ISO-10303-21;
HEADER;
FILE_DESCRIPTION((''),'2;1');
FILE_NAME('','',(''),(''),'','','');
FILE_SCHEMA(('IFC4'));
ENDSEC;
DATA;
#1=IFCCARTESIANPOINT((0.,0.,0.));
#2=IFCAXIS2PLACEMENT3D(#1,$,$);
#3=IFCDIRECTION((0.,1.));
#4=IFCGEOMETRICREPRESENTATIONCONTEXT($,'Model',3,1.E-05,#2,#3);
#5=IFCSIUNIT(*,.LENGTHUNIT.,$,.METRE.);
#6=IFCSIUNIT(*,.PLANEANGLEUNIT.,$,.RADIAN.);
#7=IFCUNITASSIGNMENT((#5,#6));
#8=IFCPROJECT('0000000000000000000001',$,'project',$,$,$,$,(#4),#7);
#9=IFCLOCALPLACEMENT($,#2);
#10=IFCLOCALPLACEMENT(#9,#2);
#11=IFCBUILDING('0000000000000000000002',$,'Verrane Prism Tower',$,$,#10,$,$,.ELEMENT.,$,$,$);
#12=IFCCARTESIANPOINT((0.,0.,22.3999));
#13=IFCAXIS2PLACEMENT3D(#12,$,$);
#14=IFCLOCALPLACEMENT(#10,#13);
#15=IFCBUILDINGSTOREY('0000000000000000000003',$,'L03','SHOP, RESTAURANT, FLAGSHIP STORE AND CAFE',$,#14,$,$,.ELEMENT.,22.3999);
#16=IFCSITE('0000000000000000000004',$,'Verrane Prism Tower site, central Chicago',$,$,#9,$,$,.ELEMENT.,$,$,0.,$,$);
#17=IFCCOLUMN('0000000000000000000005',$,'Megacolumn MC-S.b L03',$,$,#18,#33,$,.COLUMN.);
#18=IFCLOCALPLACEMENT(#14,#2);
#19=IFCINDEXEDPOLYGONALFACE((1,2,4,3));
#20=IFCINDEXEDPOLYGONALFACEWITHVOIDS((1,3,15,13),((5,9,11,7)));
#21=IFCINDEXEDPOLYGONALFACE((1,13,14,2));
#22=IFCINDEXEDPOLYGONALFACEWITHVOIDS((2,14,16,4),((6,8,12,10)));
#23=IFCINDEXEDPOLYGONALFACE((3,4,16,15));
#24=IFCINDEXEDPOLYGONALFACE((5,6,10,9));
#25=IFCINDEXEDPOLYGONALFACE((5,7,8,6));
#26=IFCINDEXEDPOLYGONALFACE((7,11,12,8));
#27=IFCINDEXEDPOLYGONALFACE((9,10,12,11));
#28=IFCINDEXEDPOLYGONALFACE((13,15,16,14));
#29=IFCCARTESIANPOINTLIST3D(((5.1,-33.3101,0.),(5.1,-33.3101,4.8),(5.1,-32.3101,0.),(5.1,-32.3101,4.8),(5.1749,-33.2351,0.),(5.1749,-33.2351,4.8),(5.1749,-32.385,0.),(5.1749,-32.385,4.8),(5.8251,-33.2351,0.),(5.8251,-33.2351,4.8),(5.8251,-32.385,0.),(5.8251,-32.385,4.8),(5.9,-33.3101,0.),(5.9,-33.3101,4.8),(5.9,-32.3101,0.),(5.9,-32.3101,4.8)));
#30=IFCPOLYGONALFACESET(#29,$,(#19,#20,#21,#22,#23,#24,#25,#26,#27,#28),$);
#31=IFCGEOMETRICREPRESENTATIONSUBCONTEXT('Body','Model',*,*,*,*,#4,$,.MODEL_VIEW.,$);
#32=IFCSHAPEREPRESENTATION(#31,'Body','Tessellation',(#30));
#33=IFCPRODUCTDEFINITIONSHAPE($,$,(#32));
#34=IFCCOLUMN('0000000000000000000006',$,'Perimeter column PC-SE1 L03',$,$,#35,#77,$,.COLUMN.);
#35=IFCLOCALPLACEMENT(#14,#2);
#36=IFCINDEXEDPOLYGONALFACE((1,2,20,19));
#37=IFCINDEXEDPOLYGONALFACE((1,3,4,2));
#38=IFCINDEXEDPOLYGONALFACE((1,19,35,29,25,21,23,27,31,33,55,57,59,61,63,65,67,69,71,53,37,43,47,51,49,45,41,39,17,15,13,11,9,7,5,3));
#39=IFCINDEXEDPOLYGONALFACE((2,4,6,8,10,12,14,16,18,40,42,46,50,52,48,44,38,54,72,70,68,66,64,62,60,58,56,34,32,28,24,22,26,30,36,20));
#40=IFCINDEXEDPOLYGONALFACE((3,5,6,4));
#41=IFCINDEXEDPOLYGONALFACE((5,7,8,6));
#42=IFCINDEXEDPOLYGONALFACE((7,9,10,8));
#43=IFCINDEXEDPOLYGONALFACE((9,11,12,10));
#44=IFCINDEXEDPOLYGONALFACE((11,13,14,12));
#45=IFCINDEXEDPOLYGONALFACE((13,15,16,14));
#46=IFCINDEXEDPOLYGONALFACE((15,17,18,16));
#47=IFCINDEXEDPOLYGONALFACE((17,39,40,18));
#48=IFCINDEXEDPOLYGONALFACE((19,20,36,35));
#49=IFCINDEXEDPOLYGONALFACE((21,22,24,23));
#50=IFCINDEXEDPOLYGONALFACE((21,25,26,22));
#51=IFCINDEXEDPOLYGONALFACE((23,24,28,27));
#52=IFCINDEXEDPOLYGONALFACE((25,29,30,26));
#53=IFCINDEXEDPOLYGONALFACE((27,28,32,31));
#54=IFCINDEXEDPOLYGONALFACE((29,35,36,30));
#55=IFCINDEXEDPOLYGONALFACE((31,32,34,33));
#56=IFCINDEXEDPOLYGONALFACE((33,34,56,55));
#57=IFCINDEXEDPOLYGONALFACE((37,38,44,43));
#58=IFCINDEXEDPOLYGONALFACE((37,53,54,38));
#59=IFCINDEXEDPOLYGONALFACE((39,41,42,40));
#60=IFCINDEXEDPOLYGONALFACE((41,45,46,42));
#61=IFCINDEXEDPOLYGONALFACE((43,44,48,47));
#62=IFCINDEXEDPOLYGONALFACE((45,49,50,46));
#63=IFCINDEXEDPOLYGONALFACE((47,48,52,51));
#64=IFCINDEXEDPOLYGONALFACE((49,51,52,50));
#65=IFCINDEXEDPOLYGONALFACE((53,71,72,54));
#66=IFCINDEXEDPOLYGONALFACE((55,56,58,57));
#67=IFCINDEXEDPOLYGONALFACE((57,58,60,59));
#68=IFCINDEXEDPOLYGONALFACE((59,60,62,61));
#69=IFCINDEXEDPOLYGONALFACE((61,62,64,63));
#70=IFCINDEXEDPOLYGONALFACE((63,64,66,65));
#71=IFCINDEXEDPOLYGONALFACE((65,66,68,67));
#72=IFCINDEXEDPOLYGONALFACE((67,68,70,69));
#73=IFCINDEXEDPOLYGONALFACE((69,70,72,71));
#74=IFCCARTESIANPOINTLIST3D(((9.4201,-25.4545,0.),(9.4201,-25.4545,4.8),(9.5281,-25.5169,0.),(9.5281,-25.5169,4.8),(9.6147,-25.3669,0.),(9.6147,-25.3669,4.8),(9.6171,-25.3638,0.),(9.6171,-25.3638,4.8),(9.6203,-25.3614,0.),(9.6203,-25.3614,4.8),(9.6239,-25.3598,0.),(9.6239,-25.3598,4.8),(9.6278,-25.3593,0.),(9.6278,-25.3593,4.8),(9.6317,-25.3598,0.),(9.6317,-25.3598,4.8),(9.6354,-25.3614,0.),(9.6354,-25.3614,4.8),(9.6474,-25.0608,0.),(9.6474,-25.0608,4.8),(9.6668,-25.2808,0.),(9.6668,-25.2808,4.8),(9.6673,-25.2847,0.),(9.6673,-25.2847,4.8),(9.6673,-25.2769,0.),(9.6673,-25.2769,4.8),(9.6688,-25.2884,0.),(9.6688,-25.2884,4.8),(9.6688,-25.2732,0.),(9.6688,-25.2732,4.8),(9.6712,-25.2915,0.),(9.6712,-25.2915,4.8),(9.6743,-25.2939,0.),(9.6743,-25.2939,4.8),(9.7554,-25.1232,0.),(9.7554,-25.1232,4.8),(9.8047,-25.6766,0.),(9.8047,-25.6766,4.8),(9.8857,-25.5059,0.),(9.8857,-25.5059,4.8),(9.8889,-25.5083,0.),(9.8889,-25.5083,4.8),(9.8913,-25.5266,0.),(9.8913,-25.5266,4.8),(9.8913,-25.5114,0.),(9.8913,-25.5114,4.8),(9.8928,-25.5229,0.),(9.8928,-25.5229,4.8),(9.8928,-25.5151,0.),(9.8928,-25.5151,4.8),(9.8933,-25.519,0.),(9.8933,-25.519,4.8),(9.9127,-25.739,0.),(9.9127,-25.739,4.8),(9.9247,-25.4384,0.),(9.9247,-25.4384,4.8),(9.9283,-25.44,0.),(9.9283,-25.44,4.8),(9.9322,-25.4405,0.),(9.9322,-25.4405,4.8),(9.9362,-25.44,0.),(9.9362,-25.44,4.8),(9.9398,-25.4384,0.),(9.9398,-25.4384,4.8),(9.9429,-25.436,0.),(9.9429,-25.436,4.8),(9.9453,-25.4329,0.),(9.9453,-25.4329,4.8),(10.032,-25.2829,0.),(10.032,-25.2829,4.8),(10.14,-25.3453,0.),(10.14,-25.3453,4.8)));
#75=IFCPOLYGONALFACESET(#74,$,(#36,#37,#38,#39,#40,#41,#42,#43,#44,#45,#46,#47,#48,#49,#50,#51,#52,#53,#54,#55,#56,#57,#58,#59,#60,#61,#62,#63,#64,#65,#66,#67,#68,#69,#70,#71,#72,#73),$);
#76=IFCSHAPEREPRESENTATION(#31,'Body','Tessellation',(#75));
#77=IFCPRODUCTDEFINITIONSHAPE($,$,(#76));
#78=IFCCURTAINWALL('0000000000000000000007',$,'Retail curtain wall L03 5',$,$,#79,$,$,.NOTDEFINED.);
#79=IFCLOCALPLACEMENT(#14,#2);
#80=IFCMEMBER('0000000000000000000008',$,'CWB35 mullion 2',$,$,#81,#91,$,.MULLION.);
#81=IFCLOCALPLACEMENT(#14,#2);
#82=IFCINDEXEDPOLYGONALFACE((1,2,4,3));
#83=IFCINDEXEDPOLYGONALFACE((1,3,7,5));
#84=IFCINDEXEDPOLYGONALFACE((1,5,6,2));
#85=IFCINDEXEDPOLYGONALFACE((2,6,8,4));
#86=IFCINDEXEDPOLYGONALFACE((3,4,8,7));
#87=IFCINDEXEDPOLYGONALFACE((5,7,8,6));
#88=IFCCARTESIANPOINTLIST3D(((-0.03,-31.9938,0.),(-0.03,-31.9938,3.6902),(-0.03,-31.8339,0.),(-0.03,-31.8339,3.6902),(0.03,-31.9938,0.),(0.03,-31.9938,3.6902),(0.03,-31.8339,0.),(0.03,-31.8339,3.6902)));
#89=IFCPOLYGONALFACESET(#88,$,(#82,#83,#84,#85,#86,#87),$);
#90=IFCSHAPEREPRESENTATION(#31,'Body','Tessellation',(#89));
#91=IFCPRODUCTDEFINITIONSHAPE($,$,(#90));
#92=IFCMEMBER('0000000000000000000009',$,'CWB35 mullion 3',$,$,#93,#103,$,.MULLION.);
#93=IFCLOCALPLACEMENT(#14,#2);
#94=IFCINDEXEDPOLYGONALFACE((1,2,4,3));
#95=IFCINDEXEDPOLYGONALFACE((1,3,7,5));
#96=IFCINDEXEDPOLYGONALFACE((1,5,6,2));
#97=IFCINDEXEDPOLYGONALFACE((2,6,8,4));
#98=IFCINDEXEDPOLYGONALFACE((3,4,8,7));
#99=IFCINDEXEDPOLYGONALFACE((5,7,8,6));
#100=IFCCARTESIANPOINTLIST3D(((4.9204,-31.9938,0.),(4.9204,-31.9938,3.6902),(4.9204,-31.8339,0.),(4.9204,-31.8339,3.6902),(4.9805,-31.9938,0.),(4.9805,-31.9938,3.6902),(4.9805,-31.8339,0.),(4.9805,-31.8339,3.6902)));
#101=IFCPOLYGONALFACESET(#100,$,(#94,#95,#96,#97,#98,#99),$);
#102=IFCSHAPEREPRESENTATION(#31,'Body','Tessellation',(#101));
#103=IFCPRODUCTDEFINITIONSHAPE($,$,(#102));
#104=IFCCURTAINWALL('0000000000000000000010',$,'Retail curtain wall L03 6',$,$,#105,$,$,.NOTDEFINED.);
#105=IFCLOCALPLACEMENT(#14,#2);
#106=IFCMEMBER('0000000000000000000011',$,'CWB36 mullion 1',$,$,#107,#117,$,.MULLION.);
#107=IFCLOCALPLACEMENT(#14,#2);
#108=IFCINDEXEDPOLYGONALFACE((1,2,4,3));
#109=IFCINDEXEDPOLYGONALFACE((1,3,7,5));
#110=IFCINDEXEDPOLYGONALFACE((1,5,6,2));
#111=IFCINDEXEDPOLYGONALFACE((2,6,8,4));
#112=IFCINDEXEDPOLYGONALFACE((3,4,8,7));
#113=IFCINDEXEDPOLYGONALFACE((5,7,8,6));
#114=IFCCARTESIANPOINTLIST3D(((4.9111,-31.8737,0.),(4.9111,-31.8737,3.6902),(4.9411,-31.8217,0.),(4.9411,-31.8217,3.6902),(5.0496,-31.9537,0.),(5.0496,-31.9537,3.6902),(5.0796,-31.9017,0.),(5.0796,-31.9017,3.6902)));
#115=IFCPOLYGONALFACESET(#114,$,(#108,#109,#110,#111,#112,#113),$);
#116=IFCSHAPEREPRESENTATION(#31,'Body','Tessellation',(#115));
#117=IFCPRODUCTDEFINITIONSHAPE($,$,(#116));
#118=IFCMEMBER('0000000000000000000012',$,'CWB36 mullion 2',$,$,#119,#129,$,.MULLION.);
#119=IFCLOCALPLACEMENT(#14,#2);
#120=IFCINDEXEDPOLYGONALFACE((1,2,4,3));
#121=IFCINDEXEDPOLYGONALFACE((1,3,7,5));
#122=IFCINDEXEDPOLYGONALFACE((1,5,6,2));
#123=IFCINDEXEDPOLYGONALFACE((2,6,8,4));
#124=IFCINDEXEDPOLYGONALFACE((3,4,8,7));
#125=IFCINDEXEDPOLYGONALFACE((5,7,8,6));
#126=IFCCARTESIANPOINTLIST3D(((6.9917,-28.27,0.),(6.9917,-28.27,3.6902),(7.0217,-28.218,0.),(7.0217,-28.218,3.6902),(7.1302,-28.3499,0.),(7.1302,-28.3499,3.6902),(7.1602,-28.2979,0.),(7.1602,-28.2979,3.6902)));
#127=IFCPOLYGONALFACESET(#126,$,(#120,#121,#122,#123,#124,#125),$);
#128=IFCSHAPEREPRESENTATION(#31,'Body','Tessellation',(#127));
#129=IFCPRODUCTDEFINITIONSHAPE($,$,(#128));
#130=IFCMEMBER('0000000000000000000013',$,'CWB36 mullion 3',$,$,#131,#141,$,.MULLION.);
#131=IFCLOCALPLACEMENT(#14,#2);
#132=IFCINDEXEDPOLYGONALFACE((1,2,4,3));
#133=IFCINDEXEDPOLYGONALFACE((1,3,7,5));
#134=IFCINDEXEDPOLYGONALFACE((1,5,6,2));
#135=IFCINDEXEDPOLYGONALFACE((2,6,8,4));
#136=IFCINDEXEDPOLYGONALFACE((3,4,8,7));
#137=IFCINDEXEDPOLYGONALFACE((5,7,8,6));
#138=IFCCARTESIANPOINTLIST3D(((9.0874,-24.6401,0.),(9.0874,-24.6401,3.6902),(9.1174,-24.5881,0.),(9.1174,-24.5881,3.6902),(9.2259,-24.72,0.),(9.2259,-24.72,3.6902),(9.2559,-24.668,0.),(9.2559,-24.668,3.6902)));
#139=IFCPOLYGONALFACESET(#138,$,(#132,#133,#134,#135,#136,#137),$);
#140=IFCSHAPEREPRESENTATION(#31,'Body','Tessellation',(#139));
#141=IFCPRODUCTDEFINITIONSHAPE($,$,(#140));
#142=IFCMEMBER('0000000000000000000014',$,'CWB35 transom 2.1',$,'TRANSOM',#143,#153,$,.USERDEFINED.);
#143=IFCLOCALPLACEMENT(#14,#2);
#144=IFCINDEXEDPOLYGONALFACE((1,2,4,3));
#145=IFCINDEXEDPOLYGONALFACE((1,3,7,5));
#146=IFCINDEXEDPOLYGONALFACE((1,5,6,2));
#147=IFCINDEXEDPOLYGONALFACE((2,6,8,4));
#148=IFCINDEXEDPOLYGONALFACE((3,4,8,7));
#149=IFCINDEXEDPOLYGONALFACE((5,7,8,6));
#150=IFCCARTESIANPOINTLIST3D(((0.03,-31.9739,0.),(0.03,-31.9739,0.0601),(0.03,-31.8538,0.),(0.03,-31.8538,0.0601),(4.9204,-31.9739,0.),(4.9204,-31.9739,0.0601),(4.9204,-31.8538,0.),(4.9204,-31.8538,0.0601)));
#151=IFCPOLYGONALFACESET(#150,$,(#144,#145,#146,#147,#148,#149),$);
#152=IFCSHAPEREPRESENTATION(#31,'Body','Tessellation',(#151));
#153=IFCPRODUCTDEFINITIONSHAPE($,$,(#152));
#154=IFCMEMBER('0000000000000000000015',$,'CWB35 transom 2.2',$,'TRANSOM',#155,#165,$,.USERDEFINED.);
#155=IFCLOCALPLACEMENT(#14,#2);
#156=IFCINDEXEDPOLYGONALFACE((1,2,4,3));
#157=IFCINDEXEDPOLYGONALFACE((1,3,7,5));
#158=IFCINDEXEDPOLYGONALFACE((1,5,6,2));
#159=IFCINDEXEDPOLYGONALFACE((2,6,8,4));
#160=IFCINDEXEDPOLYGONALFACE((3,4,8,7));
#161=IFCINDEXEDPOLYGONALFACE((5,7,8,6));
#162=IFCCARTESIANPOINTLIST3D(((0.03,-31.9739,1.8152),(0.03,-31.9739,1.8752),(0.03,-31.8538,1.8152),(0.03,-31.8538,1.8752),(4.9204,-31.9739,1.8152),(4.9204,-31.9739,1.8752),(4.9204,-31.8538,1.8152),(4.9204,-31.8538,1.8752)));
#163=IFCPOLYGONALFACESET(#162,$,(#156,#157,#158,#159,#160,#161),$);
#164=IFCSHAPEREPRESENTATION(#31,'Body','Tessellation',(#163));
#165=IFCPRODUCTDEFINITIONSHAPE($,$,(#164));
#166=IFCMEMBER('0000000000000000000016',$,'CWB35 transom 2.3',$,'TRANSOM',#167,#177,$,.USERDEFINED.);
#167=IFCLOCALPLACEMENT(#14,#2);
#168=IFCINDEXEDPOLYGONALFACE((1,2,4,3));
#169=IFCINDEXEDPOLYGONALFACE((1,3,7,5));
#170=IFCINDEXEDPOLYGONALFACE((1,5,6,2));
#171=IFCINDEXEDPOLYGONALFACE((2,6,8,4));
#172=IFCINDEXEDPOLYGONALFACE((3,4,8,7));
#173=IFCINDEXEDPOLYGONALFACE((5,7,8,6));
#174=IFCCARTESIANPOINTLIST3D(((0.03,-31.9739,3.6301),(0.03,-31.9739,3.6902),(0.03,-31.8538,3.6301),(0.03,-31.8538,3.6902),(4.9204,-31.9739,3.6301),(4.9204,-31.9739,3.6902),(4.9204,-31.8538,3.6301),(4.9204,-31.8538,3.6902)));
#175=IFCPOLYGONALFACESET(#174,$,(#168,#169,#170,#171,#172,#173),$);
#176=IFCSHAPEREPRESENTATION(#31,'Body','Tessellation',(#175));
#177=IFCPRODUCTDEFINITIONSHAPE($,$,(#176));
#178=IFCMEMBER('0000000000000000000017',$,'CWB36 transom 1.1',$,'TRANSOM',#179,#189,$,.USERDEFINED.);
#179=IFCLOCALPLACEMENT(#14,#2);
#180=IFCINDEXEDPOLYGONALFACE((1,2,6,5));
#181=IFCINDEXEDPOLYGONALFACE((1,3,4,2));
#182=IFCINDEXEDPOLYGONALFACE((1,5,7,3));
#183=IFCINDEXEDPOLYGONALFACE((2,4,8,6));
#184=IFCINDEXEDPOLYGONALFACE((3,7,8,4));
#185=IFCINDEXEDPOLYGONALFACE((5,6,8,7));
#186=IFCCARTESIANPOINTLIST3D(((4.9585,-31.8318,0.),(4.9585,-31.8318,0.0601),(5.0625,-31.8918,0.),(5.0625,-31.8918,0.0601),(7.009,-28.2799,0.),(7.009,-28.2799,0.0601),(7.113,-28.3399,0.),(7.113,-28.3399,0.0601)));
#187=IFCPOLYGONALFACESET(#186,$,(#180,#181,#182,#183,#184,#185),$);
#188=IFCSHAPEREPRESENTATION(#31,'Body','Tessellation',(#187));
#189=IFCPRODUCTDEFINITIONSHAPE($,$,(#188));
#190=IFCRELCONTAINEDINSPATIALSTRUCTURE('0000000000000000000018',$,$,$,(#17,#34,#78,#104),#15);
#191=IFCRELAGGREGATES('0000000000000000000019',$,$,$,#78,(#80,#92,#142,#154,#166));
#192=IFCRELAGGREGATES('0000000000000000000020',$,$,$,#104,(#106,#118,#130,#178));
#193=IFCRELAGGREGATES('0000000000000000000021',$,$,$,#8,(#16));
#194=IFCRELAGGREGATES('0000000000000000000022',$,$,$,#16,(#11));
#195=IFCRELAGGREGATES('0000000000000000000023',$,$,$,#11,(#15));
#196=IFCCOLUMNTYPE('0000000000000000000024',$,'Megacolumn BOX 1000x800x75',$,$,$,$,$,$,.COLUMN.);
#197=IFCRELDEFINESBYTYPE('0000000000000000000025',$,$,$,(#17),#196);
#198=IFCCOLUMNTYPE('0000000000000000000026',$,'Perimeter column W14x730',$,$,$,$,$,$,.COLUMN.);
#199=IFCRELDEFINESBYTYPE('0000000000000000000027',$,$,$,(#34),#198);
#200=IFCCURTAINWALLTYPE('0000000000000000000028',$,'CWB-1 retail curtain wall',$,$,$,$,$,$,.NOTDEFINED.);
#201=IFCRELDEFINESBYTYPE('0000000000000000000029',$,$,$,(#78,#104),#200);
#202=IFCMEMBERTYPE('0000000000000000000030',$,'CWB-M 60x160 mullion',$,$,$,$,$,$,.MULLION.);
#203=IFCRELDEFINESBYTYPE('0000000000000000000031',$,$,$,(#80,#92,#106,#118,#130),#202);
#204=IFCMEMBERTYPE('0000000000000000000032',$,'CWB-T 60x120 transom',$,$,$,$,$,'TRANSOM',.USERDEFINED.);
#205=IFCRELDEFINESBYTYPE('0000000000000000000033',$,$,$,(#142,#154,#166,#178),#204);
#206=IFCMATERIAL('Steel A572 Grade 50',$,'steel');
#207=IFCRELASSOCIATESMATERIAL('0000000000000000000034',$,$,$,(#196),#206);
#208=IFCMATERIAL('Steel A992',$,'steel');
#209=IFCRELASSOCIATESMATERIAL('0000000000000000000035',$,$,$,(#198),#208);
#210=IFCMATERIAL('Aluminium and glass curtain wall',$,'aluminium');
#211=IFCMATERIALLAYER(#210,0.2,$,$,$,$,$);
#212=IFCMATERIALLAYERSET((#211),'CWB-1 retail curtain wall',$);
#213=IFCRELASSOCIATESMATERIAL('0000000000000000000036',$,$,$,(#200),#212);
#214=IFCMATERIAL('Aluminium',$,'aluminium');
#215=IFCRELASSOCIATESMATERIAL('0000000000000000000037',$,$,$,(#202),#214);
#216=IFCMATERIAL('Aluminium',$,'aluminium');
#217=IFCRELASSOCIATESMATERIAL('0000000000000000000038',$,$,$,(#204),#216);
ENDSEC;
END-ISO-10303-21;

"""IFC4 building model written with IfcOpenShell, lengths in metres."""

from ifc_helpers import new_model, si_unit, direction, frame, origin, origin_2d, place, context, subcontext, project, spatial, rectangle, hollow_rectangle, i_section, extrude, material, layer, layer_set, material_profile, profile_set, type_object, element, aggregate, save


model = new_model("IFC4")

# Units and contexts
model_context = context("Model", 3, precision=1e-05, world=origin(), true_north=direction((0.0, 1.0)))
body_context = subcontext(model_context, "Body", "Model", "MODEL_VIEW")
ifc_project = project(units=[si_unit("LENGTHUNIT", "METRE"), si_unit("PLANEANGLEUNIT", "RADIAN")], contexts=[model_context])

# Site, building, storey
site_placement = place(None, origin())
site = spatial("IfcSite", under=ifc_project, at=site_placement, Name="Verrane Prism Tower site, central Chicago", CompositionType="ELEMENT", RefElevation=0.0)
building_placement = place(site_placement, origin())
building = spatial("IfcBuilding", under=site, at=building_placement, Name="Verrane Prism Tower", CompositionType="ELEMENT")
storey_placement = place(building_placement, frame((0.0, 0.0, 22.3999)))
storey = spatial("IfcBuildingStorey", under=building, at=storey_placement, Name="L03", Description="SHOP, RESTAURANT, FLAGSHIP STORE AND CAFE", CompositionType="ELEMENT", Elevation=22.3999)

# Columns
ifc_material_1 = material(Name="Steel A572 Grade 50", Category="steel")
ifc_material_profile_1 = material_profile(ifc_material_1, hollow_rectangle(XDim=0.8, YDim=1.0, WallThickness=0.075, at=origin_2d()), Name="BOX 1000x800x75")
ifc_profile_set_1 = profile_set([ifc_material_profile_1], Name="Steel A572 Grade 50")
column_type_1 = type_object("IfcColumnType", Name="Megacolumn BOX 1000x800x75", PredefinedType="COLUMN", material=ifc_profile_set_1)
column_1_placement = place(storey_placement, frame((5.5, -32.8101, 0.0), z_axis=(0.0, 0.0, 1.0), x_axis=(-1.0, 0.0, 0.0)))
element("IfcColumn", 1, at=column_1_placement, inside=storey, type_object=column_type_1, Name="Megacolumn MC-S.b L03", PredefinedType="COLUMN", context=body_context, shape_type="SweptSolid", body=[
    extrude(hollow_rectangle(XDim=0.8, YDim=1.0, WallThickness=0.075, at=origin_2d()), origin(), (0.0, 0.0, 1.0), 4.8),
])
ifc_material_2 = material(Name="Steel A992", Category="steel")
ifc_material_profile_2 = material_profile(ifc_material_2, i_section(OverallWidth=0.4546, OverallDepth=0.5688, WebThickness=0.0779, FlangeThickness=0.1248, FilletRadius=0.0151, at=origin_2d()), Name="W14x730")
ifc_profile_set_2 = profile_set([ifc_material_profile_2], Name="Steel A992")
column_type_2 = type_object("IfcColumnType", Name="Perimeter column W14x730", PredefinedType="COLUMN", material=ifc_profile_set_2)
column_2_placement = place(storey_placement, frame((9.78, -25.3999, 0.0), z_axis=(0.0, 0.0, 1.0), x_axis=(-0.5, -0.866025, 0.0)))
element("IfcColumn", 2, at=column_2_placement, inside=storey, type_object=column_type_2, Name="Perimeter column PC-SE1 L03", PredefinedType="COLUMN", context=body_context, shape_type="SweptSolid", body=[
    extrude(i_section(OverallWidth=0.4546, OverallDepth=0.5688, WebThickness=0.0779, FlangeThickness=0.1248, FilletRadius=0.0151, at=origin_2d()), origin(), (0.0, 0.0, 1.0), 4.8),
])

# Curtain walls, members
ifc_material_3 = material(Name="Aluminium and glass curtain wall", Category="aluminium")
ifc_layer_1 = layer(ifc_material_3, 0.2)
ifc_layer_set_1 = layer_set([ifc_layer_1], Name="CWB-1 retail curtain wall")
curtain_wall_type = type_object("IfcCurtainWallType", Name="CWB-1 retail curtain wall", PredefinedType="NOTDEFINED", material=ifc_layer_set_1)
curtain_wall_1_placement = place(storey_placement, origin())
curtain_wall_1 = element("IfcCurtainWall", 3, at=curtain_wall_1_placement, inside=storey, type_object=curtain_wall_type, Name="Retail curtain wall L03 5", PredefinedType="NOTDEFINED")
ifc_material_4 = material(Name="Aluminium", Category="aluminium")
ifc_material_profile_3 = material_profile(ifc_material_4, rectangle(XDim=0.1599, YDim=0.0601, at=origin_2d()), Name="CWB-M 60x160 mullion")
ifc_profile_set_3 = profile_set([ifc_material_profile_3], Name="Aluminium")
member_type_1 = type_object("IfcMemberType", Name="CWB-M 60x160 mullion", PredefinedType="MULLION", material=ifc_profile_set_3)
member_1_placement = place(storey_placement, frame((0.0, -31.9138, 0.0), z_axis=(0.0, 0.0, 1.0), x_axis=(0.0, 1.0, 0.0)))
member_1 = element("IfcMember", 4, at=member_1_placement, type_object=member_type_1, Name="CWB35 mullion 2", PredefinedType="MULLION", context=body_context, shape_type="SweptSolid", body=[
    extrude(rectangle(XDim=0.1599, YDim=0.0601, at=origin_2d()), origin(), (0.0, 0.0, 1.0), 3.6902),
])
member_2_placement = place(storey_placement, frame((4.9504, -31.9138, 0.0), z_axis=(0.0, 0.0, 1.0), x_axis=(0.0, 1.0, 0.0)))
member_2 = element("IfcMember", 5, at=member_2_placement, type_object=member_type_1, Name="CWB35 mullion 3", PredefinedType="MULLION", context=body_context, shape_type="SweptSolid", body=[
    extrude(rectangle(XDim=0.1599, YDim=0.0601, at=origin_2d()), origin(), (0.0, 0.0, 1.0), 3.6902),
])
curtain_wall_2_placement = place(storey_placement, origin())
curtain_wall_2 = element("IfcCurtainWall", 6, at=curtain_wall_2_placement, inside=storey, type_object=curtain_wall_type, Name="Retail curtain wall L03 6", PredefinedType="NOTDEFINED")
member_3_placement = place(storey_placement, frame((4.9954, -31.8877, 0.0), z_axis=(0.0, 0.0, 1.0), x_axis=(-0.866025, 0.5, 0.0)))
member_3 = element("IfcMember", 7, at=member_3_placement, type_object=member_type_1, Name="CWB36 mullion 1", PredefinedType="MULLION", context=body_context, shape_type="SweptSolid", body=[
    extrude(rectangle(XDim=0.1599, YDim=0.0601, at=origin_2d()), origin(), (0.0, 0.0, 1.0), 3.6902),
])
member_4_placement = place(storey_placement, frame((7.0759, -28.2839, 0.0), z_axis=(0.0, 0.0, 1.0), x_axis=(-0.866025, 0.5, 0.0)))
member_4 = element("IfcMember", 8, at=member_4_placement, type_object=member_type_1, Name="CWB36 mullion 2", PredefinedType="MULLION", context=body_context, shape_type="SweptSolid", body=[
    extrude(rectangle(XDim=0.1599, YDim=0.0601, at=origin_2d()), origin(), (0.0, 0.0, 1.0), 3.6902),
])
member_5_placement = place(storey_placement, frame((9.1716, -24.6541, 0.0), z_axis=(0.0, 0.0, 1.0), x_axis=(-0.866025, 0.5, 0.0)))
member_5 = element("IfcMember", 9, at=member_5_placement, type_object=member_type_1, Name="CWB36 mullion 3", PredefinedType="MULLION", context=body_context, shape_type="SweptSolid", body=[
    extrude(rectangle(XDim=0.1599, YDim=0.0601, at=origin_2d()), origin(), (0.0, 0.0, 1.0), 3.6902),
])

# Members
ifc_material_5 = material(Name="Aluminium", Category="aluminium")
ifc_material_profile_4 = material_profile(ifc_material_5, rectangle(XDim=0.1201, YDim=0.0601, at=origin_2d()), Name="CWB-T 60x120 transom")
ifc_profile_set_4 = profile_set([ifc_material_profile_4], Name="Aluminium")
member_type_2 = type_object("IfcMemberType", Name="CWB-T 60x120 transom", ElementType="TRANSOM", PredefinedType="USERDEFINED", material=ifc_profile_set_4)
member_6_placement = place(storey_placement, frame((0.03, -31.9138, 0.03), z_axis=(1.0, 0.0, 0.0), x_axis=(0.0, 1.0, 0.0)))
member_6 = element("IfcMember", 10, at=member_6_placement, type_object=member_type_2, Name="CWB35 transom 2.1", ObjectType="TRANSOM", PredefinedType="USERDEFINED", context=body_context, shape_type="SweptSolid", body=[
    extrude(rectangle(XDim=0.1201, YDim=0.0601, at=origin_2d()), origin(), (0.0, 0.0, 1.0), 4.8904),
])
member_7_placement = place(storey_placement, frame((0.03, -31.9138, 1.8452), z_axis=(1.0, 0.0, 0.0), x_axis=(0.0, 1.0, 0.0)))
member_7 = element("IfcMember", 11, at=member_7_placement, type_object=member_type_2, Name="CWB35 transom 2.2", ObjectType="TRANSOM", PredefinedType="USERDEFINED", context=body_context, shape_type="SweptSolid", body=[
    extrude(rectangle(XDim=0.1201, YDim=0.0601, at=origin_2d()), origin(), (0.0, 0.0, 1.0), 4.8904),
])
member_8_placement = place(storey_placement, frame((0.03, -31.9138, 3.6602), z_axis=(1.0, 0.0, 0.0), x_axis=(0.0, 1.0, 0.0)))
member_8 = element("IfcMember", 12, at=member_8_placement, type_object=member_type_2, Name="CWB35 transom 2.3", ObjectType="TRANSOM", PredefinedType="USERDEFINED", context=body_context, shape_type="SweptSolid", body=[
    extrude(rectangle(XDim=0.1201, YDim=0.0601, at=origin_2d()), origin(), (0.0, 0.0, 1.0), 4.8904),
])
member_9_placement = place(storey_placement, frame((5.0105, -31.8618, 0.03), z_axis=(0.499961, 0.866048, 0.0), x_axis=(-0.866048, 0.499961, 0.0)))
member_9 = element("IfcMember", 13, at=member_9_placement, type_object=member_type_2, Name="CWB36 transom 1.1", ObjectType="TRANSOM", PredefinedType="USERDEFINED", context=body_context, shape_type="SweptSolid", body=[
    extrude(rectangle(XDim=0.1201, YDim=0.0601, at=origin_2d()), origin(), (0.0, 0.0, 1.0), 4.1013),
])

aggregate(curtain_wall_1, [member_1, member_2, member_6, member_7, member_8])
aggregate(curtain_wall_2, [member_3, member_4, member_5, member_9])

save(model, "model.ifc")
